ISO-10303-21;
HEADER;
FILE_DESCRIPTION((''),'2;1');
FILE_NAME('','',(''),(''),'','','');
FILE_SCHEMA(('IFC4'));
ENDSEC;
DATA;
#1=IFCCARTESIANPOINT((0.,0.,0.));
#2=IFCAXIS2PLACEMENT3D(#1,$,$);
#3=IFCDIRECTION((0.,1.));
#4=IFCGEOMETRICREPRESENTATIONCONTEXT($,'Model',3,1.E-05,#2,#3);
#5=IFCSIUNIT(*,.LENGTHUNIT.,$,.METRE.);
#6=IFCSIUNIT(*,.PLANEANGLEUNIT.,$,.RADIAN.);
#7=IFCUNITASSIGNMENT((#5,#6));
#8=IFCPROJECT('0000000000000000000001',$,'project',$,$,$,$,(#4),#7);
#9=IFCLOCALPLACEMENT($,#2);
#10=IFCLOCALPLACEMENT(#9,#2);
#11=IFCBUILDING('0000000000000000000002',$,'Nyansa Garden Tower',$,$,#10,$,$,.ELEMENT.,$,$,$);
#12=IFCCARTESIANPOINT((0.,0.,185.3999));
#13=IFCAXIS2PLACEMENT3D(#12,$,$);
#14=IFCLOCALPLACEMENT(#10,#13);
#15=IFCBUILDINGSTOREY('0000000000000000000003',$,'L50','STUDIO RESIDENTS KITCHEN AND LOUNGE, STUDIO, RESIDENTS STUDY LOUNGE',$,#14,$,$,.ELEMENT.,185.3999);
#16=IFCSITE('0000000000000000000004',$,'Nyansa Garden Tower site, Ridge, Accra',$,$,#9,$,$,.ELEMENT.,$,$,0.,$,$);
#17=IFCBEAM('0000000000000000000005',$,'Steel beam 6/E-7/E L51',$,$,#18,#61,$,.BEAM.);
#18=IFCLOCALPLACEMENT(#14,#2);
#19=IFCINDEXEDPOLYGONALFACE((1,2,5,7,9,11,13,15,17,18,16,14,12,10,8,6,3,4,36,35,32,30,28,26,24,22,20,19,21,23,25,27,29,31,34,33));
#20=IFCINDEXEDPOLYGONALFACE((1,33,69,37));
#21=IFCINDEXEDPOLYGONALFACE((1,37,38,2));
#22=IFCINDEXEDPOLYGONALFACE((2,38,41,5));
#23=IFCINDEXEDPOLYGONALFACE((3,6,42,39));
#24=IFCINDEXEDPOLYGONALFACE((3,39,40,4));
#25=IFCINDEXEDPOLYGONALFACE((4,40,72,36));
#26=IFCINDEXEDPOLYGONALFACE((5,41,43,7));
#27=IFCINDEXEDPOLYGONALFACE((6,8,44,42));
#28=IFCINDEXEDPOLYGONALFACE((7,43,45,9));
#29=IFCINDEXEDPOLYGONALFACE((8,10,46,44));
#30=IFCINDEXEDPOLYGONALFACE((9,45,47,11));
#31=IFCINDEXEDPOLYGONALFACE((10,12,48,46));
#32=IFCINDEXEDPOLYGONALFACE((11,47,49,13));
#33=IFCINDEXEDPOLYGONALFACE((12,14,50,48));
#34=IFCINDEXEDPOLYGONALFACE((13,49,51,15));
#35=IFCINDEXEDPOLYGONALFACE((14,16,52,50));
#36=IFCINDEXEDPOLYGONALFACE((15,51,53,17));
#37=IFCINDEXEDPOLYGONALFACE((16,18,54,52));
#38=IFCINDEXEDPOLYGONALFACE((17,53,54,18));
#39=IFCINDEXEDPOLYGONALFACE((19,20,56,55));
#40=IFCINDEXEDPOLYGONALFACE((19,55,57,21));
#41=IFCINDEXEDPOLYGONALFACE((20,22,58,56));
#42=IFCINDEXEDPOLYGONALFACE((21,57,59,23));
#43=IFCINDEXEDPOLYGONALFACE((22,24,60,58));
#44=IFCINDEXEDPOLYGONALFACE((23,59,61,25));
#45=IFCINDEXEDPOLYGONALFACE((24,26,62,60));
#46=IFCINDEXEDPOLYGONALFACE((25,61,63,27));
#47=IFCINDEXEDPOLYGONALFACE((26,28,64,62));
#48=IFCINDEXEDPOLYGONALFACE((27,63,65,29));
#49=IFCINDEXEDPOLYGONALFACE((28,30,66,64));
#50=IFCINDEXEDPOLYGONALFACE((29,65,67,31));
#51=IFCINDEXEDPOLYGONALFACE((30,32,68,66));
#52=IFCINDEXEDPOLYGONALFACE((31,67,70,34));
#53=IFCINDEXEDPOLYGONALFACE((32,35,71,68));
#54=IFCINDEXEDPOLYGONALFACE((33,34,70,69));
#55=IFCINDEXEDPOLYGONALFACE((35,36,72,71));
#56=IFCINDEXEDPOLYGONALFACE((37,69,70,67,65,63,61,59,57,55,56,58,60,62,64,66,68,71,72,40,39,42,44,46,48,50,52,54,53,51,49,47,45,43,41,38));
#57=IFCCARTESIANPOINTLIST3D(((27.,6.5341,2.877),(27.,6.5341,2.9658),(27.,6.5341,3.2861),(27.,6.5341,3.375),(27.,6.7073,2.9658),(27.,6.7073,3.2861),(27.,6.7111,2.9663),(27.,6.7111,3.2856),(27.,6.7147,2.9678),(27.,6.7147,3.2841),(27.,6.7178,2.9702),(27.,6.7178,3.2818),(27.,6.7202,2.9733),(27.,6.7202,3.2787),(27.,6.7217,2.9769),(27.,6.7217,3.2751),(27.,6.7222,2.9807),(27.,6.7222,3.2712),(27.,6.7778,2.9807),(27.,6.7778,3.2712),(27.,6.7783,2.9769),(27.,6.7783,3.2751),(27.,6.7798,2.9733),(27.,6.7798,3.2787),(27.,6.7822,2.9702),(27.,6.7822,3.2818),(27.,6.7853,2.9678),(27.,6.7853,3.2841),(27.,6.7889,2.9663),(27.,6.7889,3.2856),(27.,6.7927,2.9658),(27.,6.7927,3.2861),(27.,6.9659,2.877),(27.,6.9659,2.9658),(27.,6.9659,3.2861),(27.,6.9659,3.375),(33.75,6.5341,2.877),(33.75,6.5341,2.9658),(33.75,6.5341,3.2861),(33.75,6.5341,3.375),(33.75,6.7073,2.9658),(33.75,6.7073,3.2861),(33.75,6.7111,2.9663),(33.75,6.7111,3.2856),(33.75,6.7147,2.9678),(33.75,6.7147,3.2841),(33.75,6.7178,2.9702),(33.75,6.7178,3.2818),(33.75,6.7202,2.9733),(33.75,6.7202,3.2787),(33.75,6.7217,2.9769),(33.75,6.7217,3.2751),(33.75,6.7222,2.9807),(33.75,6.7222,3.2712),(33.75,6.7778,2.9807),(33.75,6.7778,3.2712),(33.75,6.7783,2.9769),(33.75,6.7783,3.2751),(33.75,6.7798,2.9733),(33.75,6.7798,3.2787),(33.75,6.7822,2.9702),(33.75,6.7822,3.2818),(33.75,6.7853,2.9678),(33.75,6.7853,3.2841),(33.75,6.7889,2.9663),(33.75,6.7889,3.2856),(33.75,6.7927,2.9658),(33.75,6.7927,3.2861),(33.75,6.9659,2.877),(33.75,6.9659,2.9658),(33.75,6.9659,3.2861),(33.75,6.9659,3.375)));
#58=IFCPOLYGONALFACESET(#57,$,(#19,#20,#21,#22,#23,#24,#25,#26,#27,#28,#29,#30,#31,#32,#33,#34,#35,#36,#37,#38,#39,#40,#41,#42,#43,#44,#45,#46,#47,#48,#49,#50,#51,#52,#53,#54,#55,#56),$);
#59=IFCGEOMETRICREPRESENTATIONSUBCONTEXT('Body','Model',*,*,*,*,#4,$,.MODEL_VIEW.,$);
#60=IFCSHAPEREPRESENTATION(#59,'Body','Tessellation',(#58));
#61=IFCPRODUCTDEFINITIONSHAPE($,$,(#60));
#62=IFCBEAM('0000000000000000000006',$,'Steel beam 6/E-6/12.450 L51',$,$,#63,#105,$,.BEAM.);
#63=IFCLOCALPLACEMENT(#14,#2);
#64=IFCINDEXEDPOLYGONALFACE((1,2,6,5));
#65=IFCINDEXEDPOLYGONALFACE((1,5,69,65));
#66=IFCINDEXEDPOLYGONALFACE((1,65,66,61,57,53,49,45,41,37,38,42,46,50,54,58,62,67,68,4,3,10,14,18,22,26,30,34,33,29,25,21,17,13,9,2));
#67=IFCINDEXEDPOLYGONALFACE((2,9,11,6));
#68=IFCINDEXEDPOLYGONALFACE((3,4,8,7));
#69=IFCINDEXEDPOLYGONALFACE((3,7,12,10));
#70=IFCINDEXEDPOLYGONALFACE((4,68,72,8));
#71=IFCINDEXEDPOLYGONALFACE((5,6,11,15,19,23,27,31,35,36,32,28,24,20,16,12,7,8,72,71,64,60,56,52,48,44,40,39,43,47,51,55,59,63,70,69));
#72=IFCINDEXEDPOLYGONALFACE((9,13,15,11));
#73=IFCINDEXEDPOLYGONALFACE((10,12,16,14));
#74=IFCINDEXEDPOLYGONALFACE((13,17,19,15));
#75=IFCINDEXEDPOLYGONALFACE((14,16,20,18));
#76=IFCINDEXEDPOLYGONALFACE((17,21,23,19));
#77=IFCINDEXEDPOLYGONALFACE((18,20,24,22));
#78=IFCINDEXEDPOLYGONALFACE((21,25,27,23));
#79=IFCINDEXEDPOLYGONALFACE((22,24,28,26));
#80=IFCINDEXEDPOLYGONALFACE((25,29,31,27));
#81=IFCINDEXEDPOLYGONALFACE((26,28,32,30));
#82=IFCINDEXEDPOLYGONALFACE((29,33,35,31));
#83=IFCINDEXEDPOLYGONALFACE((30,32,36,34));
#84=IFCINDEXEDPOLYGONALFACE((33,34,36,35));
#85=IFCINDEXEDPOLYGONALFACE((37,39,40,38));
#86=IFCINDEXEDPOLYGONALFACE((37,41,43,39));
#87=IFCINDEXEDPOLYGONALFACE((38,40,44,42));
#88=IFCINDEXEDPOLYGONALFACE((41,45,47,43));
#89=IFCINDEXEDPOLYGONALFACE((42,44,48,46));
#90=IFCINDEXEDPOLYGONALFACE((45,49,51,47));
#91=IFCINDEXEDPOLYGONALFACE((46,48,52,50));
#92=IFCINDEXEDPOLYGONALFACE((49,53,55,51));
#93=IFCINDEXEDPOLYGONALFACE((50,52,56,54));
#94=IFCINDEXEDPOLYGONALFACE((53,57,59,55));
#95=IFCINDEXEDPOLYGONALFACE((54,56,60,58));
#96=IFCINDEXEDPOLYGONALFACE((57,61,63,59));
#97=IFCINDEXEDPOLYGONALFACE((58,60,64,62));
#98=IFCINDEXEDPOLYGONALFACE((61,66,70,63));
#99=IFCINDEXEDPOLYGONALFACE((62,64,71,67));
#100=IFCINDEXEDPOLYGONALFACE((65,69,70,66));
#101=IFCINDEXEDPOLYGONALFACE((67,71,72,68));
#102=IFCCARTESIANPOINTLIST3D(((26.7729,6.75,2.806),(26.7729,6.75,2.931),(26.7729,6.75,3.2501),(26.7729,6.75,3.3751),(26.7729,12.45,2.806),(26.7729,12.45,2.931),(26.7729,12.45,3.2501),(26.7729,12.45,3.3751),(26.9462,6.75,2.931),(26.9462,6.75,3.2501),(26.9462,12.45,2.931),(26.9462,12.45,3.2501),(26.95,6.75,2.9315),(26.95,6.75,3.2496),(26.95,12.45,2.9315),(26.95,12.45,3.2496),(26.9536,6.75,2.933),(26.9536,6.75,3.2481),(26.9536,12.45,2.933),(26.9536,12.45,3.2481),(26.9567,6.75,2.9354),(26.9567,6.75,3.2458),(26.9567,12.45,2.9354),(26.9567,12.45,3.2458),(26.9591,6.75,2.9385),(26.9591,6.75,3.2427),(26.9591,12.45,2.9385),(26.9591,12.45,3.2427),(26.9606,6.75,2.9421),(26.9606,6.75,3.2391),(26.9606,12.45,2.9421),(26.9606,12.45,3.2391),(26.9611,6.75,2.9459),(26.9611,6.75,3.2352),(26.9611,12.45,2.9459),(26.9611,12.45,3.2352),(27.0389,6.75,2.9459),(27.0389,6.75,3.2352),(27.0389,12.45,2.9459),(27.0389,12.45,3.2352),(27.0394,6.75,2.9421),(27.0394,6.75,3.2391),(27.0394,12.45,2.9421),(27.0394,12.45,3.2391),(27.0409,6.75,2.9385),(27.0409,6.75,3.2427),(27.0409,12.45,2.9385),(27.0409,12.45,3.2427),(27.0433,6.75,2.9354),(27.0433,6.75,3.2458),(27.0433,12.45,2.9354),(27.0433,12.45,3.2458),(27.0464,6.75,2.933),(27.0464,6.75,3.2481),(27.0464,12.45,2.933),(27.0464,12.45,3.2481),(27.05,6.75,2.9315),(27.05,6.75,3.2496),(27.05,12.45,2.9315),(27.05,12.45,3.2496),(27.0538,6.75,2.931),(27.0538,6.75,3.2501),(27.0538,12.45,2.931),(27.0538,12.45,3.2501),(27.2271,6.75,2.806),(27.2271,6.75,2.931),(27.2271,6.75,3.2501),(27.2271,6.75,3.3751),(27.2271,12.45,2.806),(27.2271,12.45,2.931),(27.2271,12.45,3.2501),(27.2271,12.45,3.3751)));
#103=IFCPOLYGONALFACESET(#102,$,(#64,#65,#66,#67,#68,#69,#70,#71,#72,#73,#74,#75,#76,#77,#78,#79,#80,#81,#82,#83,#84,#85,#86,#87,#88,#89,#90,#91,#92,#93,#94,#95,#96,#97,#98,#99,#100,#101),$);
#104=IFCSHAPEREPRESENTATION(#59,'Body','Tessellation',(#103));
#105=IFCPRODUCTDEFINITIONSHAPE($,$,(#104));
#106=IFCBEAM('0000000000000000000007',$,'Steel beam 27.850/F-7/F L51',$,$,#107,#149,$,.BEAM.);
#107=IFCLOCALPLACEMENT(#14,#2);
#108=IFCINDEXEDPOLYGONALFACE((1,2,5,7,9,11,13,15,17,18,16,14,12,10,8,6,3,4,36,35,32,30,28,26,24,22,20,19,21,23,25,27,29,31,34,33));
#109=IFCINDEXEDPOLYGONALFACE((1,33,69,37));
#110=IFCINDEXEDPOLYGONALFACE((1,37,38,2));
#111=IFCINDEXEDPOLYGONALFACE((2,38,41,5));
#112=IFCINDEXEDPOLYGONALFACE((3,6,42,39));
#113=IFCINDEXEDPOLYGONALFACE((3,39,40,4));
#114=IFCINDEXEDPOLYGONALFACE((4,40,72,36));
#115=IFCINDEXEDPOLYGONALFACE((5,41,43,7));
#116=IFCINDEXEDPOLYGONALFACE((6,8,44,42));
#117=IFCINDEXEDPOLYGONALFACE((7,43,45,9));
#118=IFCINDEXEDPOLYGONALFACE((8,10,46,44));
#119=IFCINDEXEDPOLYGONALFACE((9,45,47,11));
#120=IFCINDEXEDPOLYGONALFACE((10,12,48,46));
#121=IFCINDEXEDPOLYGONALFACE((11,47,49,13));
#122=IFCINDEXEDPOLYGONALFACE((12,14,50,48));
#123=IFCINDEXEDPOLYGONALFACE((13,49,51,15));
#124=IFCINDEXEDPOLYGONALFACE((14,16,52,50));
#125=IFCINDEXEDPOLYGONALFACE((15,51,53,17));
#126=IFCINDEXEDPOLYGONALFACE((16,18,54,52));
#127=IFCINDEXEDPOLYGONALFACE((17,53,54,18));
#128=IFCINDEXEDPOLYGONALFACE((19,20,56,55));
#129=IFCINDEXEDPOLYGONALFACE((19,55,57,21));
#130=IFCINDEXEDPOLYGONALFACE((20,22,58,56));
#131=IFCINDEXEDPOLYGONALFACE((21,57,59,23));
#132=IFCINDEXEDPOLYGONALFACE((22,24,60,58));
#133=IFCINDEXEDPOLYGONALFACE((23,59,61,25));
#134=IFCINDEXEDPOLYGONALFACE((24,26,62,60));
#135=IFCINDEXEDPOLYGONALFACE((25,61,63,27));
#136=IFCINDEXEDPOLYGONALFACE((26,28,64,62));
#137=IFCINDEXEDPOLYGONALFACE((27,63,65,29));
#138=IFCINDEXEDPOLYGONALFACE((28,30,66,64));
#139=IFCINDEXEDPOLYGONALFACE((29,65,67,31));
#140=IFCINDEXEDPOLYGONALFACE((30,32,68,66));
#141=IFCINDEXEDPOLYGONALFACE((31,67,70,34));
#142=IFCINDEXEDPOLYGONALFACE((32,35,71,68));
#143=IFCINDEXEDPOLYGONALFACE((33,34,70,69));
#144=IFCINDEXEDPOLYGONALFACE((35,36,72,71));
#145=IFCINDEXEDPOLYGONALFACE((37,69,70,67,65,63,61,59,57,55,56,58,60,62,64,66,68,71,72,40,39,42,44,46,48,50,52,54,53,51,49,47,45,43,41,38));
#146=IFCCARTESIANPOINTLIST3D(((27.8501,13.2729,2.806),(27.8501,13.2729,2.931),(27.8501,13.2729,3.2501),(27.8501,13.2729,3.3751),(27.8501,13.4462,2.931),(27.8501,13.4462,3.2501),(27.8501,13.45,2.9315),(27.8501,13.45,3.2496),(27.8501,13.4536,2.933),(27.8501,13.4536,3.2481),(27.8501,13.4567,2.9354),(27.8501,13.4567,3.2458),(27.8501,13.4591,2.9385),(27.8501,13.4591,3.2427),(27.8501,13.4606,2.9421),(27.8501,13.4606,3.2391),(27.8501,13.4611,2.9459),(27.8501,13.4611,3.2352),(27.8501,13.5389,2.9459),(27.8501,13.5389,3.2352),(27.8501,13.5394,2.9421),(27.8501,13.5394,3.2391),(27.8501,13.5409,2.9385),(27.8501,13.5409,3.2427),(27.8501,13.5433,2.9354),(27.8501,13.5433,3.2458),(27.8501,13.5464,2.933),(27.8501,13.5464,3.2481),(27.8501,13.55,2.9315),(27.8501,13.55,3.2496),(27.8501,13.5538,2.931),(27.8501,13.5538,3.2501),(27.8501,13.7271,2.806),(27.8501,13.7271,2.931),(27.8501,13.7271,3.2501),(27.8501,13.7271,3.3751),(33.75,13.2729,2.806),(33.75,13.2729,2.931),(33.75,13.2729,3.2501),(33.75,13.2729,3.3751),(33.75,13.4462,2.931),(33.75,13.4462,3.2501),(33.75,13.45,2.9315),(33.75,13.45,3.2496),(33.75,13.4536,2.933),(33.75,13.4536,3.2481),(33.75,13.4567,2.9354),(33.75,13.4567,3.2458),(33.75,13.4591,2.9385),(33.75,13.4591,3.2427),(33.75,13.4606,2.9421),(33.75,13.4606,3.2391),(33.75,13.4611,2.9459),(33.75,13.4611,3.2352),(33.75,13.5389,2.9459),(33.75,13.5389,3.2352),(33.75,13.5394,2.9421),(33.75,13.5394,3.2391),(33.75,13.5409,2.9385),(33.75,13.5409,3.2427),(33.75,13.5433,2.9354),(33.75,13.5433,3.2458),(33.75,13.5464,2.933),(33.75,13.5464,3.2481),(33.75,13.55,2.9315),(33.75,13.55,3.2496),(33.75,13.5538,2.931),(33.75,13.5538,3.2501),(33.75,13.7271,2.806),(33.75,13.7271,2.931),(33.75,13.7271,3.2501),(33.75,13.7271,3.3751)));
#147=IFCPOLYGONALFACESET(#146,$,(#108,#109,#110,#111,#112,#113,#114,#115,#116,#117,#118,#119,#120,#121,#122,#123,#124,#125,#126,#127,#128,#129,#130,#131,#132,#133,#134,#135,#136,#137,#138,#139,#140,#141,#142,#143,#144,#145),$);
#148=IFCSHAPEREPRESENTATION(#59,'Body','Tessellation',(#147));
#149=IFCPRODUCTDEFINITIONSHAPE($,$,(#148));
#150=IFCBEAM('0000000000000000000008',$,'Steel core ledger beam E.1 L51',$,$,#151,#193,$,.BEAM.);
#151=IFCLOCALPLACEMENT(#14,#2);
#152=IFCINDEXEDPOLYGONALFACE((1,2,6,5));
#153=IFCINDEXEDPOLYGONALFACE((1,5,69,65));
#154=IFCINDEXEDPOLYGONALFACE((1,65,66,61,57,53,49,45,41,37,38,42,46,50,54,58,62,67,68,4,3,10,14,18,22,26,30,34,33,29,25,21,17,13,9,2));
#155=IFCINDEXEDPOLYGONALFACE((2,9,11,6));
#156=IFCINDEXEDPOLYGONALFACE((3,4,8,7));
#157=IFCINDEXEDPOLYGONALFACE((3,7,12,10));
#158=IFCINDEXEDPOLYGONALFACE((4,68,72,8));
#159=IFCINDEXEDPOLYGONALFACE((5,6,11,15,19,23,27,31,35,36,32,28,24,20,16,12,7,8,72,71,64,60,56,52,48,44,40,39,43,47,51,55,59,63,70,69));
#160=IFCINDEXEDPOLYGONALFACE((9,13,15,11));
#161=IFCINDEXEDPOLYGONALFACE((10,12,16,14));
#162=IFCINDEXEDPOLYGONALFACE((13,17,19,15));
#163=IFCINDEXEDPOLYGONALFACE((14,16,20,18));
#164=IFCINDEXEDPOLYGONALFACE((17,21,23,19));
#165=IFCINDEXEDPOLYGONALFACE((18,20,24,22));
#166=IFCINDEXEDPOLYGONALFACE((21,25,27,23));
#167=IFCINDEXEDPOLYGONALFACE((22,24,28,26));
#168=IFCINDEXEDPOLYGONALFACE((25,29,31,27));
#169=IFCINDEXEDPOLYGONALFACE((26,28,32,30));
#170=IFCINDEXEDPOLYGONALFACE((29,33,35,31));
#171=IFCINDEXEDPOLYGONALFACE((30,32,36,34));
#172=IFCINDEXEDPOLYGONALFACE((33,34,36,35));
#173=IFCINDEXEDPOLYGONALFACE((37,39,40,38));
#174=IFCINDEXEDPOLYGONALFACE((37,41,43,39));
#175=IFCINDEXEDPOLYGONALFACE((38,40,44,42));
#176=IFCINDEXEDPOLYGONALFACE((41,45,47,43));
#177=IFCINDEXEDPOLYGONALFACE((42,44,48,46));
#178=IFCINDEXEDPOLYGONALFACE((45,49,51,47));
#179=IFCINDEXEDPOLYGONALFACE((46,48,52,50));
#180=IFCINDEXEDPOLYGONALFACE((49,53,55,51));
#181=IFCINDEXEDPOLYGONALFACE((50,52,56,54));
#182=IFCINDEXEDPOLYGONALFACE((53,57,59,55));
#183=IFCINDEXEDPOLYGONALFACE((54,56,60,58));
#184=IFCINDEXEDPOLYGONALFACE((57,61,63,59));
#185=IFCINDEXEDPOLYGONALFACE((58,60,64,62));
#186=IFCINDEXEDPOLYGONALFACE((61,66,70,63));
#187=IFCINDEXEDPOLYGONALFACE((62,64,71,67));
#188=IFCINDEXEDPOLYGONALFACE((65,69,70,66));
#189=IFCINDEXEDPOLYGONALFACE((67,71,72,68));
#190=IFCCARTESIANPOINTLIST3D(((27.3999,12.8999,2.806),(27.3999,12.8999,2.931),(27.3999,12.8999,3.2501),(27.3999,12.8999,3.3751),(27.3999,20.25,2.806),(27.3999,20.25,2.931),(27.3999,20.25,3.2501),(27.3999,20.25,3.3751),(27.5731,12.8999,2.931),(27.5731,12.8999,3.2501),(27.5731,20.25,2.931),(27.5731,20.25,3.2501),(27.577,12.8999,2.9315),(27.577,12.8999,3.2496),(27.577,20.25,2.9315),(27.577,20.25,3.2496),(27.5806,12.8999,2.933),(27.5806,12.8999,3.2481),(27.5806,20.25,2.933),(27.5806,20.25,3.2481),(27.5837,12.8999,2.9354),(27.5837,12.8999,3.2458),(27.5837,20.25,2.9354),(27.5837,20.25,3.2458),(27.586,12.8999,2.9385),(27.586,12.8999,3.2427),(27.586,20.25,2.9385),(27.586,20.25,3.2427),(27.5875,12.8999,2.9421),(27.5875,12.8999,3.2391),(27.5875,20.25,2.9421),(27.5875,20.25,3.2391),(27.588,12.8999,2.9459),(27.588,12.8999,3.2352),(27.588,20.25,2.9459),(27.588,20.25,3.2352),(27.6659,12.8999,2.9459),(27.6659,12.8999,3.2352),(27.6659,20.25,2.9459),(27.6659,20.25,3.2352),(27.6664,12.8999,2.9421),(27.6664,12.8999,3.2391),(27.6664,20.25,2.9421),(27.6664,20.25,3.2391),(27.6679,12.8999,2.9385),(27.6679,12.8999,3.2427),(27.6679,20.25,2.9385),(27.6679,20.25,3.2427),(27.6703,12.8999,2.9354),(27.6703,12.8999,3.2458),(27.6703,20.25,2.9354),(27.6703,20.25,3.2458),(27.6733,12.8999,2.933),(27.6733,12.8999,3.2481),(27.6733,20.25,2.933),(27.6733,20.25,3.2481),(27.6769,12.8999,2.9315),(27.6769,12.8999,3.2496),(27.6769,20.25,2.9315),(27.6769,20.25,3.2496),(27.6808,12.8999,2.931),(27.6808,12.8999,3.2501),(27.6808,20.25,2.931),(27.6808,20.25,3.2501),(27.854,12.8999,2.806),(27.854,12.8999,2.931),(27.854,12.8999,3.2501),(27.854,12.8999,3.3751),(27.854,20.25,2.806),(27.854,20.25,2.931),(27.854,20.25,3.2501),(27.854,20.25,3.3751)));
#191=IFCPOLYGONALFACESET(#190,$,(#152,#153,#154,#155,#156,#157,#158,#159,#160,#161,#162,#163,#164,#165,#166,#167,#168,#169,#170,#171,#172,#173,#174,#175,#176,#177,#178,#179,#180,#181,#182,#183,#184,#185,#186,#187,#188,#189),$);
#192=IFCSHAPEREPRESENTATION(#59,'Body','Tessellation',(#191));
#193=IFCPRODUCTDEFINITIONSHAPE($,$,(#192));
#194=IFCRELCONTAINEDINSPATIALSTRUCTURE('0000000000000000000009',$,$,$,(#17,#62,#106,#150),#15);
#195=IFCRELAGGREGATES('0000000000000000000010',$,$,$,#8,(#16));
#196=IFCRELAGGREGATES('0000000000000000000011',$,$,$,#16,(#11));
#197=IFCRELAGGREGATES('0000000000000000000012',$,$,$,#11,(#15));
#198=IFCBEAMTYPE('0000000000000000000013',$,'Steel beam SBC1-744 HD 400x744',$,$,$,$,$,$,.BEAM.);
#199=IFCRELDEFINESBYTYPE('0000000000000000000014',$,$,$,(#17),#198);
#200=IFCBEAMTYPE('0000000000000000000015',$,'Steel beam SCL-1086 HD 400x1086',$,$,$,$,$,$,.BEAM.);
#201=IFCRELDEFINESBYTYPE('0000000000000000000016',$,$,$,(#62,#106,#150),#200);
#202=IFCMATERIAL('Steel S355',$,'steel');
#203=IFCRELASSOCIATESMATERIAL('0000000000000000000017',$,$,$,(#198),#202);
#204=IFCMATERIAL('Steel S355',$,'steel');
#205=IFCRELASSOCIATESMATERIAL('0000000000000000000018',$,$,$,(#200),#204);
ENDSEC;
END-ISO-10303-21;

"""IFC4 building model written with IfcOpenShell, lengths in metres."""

from ifc_helpers import new_model, si_unit, direction, frame, origin, origin_2d, place, context, subcontext, project, spatial, i_section, extrude, material, material_profile, profile_set, type_object, element, save


model = new_model("IFC4")

# Units and contexts
model_context = context("Model", 3, precision=1e-05, world=origin(), true_north=direction((0.0, 1.0)))
body_context = subcontext(model_context, "Body", "Model", "MODEL_VIEW")
ifc_project = project(units=[si_unit("LENGTHUNIT", "METRE"), si_unit("PLANEANGLEUNIT", "RADIAN")], contexts=[model_context])

# Site, building, storey
site_placement = place(None, origin())
site = spatial("IfcSite", under=ifc_project, at=site_placement, Name="Nyansa Garden Tower site, Ridge, Accra", CompositionType="ELEMENT", RefElevation=0.0)
building_placement = place(site_placement, origin())
building = spatial("IfcBuilding", under=site, at=building_placement, Name="Nyansa Garden Tower", CompositionType="ELEMENT")
storey_placement = place(building_placement, frame((0.0, 0.0, 185.3999)))
storey = spatial("IfcBuildingStorey", under=building, at=storey_placement, Name="L50", Description="STUDIO RESIDENTS KITCHEN AND LOUNGE, STUDIO, RESIDENTS STUDY LOUNGE", CompositionType="ELEMENT", Elevation=185.3999)

# Beams
ifc_material_1 = material(Name="Steel S355", Category="steel")
ifc_material_profile_1 = material_profile(ifc_material_1, i_section(OverallWidth=0.4319, OverallDepth=0.498, WebThickness=0.0557, FlangeThickness=0.0889, FilletRadius=0.0149, at=origin_2d()), Name="HD 400x744")
ifc_profile_set_1 = profile_set([ifc_material_profile_1], Name="Steel S355")
beam_type_1 = type_object("IfcBeamType", Name="Steel beam SBC1-744 HD 400x744", PredefinedType="BEAM", material=ifc_profile_set_1)
beam_1_placement = place(storey_placement, frame((27.0, 6.75, 3.126), z_axis=(1.0, 0.0, 0.0), x_axis=(0.0, 1.0, 0.0)))
element("IfcBeam", 1, at=beam_1_placement, inside=storey, type_object=beam_type_1, Name="Steel beam 6/E-7/E L51", PredefinedType="BEAM", context=body_context, shape_type="SweptSolid", body=[
    extrude(i_section(OverallWidth=0.4319, OverallDepth=0.498, WebThickness=0.0557, FlangeThickness=0.0889, FilletRadius=0.0149, at=origin_2d()), origin(), (0.0, 0.0, 1.0), 6.75),
])
ifc_material_2 = material(Name="Steel S355", Category="steel")
ifc_material_profile_2 = material_profile(ifc_material_2, i_section(OverallWidth=0.4541, OverallDepth=0.5691, WebThickness=0.0779, FlangeThickness=0.125, FilletRadius=0.0149, at=origin_2d()), Name="HD 400x1086")
ifc_profile_set_2 = profile_set([ifc_material_profile_2], Name="Steel S355")
beam_type_2 = type_object("IfcBeamType", Name="Steel beam SCL-1086 HD 400x1086", PredefinedType="BEAM", material=ifc_profile_set_2)
beam_2_placement = place(storey_placement, frame((27.0, 6.75, 3.0906), z_axis=(0.0, 1.0, 0.0), x_axis=(-1.0, 0.0, 0.0)))
element("IfcBeam", 2, at=beam_2_placement, inside=storey, type_object=beam_type_2, Name="Steel beam 6/E-6/12.450 L51", PredefinedType="BEAM", context=body_context, shape_type="SweptSolid", body=[
    extrude(i_section(OverallWidth=0.4541, OverallDepth=0.5691, WebThickness=0.0779, FlangeThickness=0.125, FilletRadius=0.0149, at=origin_2d()), origin(), (0.0, 0.0, 1.0), 5.7),
])
beam_3_placement = place(storey_placement, frame((27.8501, 13.5, 3.0906), z_axis=(1.0, 0.0, 0.0), x_axis=(0.0, 1.0, 0.0)))
element("IfcBeam", 3, at=beam_3_placement, inside=storey, type_object=beam_type_2, Name="Steel beam 27.850/F-7/F L51", PredefinedType="BEAM", context=body_context, shape_type="SweptSolid", body=[
    extrude(i_section(OverallWidth=0.4541, OverallDepth=0.5691, WebThickness=0.0779, FlangeThickness=0.125, FilletRadius=0.0149, at=origin_2d()), origin(), (0.0, 0.0, 1.0), 5.8999),
])
beam_4_placement = place(storey_placement, frame((27.627, 12.8999, 3.0906), z_axis=(0.0, 1.0, 0.0), x_axis=(-1.0, 0.0, 0.0)))
element("IfcBeam", 4, at=beam_4_placement, inside=storey, type_object=beam_type_2, Name="Steel core ledger beam E.1 L51", PredefinedType="BEAM", context=body_context, shape_type="SweptSolid", body=[
    extrude(i_section(OverallWidth=0.4541, OverallDepth=0.5691, WebThickness=0.0779, FlangeThickness=0.125, FilletRadius=0.0149, at=origin_2d()), origin(), (0.0, 0.0, 1.0), 7.3501),
])

save(model, "model.ifc")
